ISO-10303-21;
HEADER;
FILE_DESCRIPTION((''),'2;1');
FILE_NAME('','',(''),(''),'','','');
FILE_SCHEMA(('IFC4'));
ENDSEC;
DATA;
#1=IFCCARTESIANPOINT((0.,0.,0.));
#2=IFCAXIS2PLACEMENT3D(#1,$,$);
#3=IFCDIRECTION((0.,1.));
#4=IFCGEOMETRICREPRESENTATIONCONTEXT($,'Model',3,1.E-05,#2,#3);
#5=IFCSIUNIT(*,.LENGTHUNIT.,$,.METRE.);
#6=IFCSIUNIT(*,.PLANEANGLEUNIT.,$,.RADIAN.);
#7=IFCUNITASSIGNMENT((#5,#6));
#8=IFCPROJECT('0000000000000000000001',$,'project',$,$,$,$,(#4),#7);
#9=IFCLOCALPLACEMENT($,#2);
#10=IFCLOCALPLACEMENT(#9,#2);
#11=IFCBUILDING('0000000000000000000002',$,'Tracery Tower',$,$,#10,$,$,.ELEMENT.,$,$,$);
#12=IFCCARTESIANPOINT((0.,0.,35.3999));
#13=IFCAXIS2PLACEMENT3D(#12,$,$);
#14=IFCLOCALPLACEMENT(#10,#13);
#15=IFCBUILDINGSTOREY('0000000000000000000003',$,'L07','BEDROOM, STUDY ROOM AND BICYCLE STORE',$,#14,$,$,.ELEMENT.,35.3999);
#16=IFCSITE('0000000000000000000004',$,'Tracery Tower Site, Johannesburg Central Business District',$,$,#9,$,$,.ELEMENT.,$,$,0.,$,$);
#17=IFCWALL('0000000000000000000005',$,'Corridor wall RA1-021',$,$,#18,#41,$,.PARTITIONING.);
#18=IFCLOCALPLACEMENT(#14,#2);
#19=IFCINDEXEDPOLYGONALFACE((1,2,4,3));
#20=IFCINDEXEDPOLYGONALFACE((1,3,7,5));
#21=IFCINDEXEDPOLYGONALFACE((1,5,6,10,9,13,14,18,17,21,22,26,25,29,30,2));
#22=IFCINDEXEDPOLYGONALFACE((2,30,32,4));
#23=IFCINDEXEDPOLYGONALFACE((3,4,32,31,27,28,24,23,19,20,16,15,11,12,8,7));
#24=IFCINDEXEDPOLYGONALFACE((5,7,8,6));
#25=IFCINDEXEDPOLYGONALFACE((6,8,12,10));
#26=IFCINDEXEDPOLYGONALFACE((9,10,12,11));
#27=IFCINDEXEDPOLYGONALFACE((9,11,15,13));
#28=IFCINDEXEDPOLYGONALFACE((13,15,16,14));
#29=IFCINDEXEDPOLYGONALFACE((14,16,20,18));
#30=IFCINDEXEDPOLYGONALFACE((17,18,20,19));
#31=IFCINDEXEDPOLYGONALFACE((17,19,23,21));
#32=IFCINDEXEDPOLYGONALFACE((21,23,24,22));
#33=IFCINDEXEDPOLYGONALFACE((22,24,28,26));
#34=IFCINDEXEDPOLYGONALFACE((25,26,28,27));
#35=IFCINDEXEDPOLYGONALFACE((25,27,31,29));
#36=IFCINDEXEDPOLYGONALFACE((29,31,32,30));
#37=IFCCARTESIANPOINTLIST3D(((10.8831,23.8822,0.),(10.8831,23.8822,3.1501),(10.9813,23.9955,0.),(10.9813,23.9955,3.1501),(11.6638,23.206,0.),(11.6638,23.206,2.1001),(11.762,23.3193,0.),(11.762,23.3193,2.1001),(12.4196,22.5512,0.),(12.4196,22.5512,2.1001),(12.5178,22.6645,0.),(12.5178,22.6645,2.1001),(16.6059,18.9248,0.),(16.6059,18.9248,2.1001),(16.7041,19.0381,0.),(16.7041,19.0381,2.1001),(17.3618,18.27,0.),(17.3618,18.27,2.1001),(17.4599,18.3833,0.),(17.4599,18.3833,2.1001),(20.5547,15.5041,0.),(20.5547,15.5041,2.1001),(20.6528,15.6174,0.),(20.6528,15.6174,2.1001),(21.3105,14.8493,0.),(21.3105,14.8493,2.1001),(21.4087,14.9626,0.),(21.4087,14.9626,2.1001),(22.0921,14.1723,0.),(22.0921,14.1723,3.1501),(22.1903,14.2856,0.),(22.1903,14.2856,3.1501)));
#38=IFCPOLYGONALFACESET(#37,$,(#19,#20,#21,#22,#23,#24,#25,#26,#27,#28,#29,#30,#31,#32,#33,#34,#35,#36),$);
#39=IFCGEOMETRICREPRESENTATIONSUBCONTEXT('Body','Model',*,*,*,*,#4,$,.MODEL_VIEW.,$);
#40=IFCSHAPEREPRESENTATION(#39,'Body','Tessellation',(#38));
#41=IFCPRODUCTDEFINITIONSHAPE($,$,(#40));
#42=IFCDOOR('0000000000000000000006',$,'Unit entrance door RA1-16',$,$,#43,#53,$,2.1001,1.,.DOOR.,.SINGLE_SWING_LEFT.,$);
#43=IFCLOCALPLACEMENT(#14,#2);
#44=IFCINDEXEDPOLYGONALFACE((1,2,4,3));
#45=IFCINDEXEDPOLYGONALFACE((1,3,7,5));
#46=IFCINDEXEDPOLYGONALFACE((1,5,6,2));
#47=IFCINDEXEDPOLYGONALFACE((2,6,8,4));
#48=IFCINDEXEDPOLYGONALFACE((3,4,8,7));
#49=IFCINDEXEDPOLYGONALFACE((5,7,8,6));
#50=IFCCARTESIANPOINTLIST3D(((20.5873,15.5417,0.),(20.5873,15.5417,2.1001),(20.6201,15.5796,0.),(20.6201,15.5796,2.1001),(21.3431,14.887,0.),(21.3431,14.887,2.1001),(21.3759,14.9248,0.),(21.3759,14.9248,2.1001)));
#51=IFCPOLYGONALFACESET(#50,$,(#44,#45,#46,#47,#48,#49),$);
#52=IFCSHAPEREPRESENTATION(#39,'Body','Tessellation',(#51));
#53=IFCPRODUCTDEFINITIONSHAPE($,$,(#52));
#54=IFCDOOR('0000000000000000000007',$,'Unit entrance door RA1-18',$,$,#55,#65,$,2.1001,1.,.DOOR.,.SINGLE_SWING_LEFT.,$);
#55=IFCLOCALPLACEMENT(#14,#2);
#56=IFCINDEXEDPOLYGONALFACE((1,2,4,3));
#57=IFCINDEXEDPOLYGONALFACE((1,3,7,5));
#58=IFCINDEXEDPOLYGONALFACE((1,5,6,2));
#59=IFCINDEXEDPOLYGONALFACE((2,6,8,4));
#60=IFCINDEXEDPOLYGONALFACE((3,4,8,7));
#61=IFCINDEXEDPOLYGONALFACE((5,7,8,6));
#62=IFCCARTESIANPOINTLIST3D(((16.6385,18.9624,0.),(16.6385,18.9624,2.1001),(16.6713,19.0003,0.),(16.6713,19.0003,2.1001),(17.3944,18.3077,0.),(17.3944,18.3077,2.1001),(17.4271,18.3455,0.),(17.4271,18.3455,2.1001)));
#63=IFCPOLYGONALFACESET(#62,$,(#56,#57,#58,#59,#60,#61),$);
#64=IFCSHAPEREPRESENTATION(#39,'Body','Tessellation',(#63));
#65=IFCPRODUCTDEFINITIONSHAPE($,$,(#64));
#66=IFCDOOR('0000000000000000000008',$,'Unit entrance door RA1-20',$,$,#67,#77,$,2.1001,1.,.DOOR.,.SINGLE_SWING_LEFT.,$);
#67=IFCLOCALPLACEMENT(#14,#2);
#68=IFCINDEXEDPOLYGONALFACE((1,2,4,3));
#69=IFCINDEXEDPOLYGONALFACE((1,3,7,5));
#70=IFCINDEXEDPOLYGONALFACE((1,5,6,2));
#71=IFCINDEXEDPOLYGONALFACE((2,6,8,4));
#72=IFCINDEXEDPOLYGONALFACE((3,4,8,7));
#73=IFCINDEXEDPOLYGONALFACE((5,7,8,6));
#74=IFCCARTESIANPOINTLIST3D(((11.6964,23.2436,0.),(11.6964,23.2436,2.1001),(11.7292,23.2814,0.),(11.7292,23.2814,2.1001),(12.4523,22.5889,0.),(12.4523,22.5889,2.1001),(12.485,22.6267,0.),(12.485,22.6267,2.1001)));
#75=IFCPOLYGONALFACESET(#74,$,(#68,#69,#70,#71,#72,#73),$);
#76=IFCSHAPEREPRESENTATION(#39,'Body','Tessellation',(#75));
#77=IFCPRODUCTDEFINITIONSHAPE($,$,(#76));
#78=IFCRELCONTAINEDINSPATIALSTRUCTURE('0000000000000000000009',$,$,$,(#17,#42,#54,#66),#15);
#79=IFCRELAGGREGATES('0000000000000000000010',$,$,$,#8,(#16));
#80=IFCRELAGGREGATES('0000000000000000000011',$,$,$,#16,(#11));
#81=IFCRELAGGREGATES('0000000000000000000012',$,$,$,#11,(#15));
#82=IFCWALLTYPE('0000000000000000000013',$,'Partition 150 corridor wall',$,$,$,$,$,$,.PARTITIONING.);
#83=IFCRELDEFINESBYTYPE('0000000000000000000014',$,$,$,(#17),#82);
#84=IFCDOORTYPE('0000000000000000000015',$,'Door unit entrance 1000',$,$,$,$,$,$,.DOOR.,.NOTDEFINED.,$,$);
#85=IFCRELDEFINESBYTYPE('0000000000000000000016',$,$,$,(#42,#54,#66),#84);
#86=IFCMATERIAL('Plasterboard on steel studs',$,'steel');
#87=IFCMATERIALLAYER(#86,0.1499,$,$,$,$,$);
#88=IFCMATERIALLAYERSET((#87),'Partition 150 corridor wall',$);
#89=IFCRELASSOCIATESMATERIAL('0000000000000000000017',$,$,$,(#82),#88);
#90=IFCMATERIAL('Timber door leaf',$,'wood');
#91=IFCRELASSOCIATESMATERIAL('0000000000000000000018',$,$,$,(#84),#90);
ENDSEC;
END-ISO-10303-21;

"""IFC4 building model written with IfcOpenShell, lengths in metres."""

from ifc_helpers import new_model, si_unit, direction, frame, frame_2d, origin, place, context, subcontext, project, spatial, rectangle, extrude, material, layer, layer_set, type_object, element, fill, save


model = new_model("IFC4")

# Units and contexts
model_context = context("Model", 3, precision=1e-05, world=origin(), true_north=direction((0.0, 1.0)))
body_context = subcontext(model_context, "Body", "Model", "MODEL_VIEW")
ifc_project = project(units=[si_unit("LENGTHUNIT", "METRE"), si_unit("PLANEANGLEUNIT", "RADIAN")], contexts=[model_context])

# Site, building, storey
site_placement = place(None, origin())
site = spatial("IfcSite", under=ifc_project, at=site_placement, Name="Tracery Tower Site, Johannesburg Central Business District", CompositionType="ELEMENT", RefElevation=0.0)
building_placement = place(site_placement, origin())
building = spatial("IfcBuilding", under=site, at=building_placement, Name="Tracery Tower", CompositionType="ELEMENT")
storey_placement = place(building_placement, frame((0.0, 0.0, 35.3999)))
storey = spatial("IfcBuildingStorey", under=building, at=storey_placement, Name="L07", Description="BEDROOM, STUDY ROOM AND BICYCLE STORE", CompositionType="ELEMENT", Elevation=35.3999)

# Wall, openings, doors
ifc_material_1 = material(Name="Plasterboard on steel studs", Category="steel")
ifc_layer_1 = layer(ifc_material_1, 0.1499)
ifc_layer_set_1 = layer_set([ifc_layer_1], Name="Partition 150 corridor wall")
wall_type_1 = type_object("IfcWallType", Name="Partition 150 corridor wall", PredefinedType="PARTITIONING", material=ifc_layer_set_1)
wall_1_placement = place(storey_placement, frame((10.9321, 23.939, 0.0), z_axis=(0.0, 0.0, 1.0), x_axis=(0.755839, -0.654758, 0.0)))
wall_1 = element("IfcWall", 1, at=wall_1_placement, inside=storey, type_object=wall_type_1, Name="Corridor wall RA1-021", PredefinedType="PARTITIONING", context=body_context, shape_type="SweptSolid", body=[
    extrude(rectangle(XDim=14.8298, YDim=0.1499, at=frame_2d((7.415, 0.0))), origin(), (0.0, 0.0, 1.0), 3.1501),
])
opening_1_placement = place(wall_1_placement, frame((12.7959, 0.0, 0.0)))
opening_1 = element("IfcOpeningElement", 2, at=opening_1_placement, cuts=wall_1, PredefinedType="OPENING", context=body_context, shape_type="SweptSolid", body=[
    extrude(rectangle(XDim=1.0, YDim=2.1001, at=frame_2d((0.5, 1.05))), frame((0.0, 0.075, 0.0), z_axis=(0.0, -1.0, 0.0), x_axis=(1.0, 0.0, 0.0)), (0.0, 0.0, 1.0), 0.1499),
])
opening_2_placement = place(wall_1_placement, frame((7.5715, 0.0, 0.0)))
opening_2 = element("IfcOpeningElement", 3, at=opening_2_placement, cuts=wall_1, PredefinedType="OPENING", context=body_context, shape_type="SweptSolid", body=[
    extrude(rectangle(XDim=1.0, YDim=2.1001, at=frame_2d((0.5, 1.05))), frame((0.0, 0.075, 0.0), z_axis=(0.0, -1.0, 0.0), x_axis=(1.0, 0.0, 0.0)), (0.0, 0.0, 1.0), 0.1499),
])
opening_3_placement = place(wall_1_placement, frame((1.033, 0.0, 0.0)))
opening_3 = element("IfcOpeningElement", 4, at=opening_3_placement, cuts=wall_1, PredefinedType="OPENING", context=body_context, shape_type="SweptSolid", body=[
    extrude(rectangle(XDim=1.0, YDim=2.1001, at=frame_2d((0.5, 1.05))), frame((0.0, 0.075, 0.0), z_axis=(0.0, -1.0, 0.0), x_axis=(1.0, 0.0, 0.0)), (0.0, 0.0, 1.0), 0.1499),
])
ifc_material_2 = material(Name="Timber door leaf", Category="wood")
door_type_1 = type_object("IfcDoorType", Name="Door unit entrance 1000", OperationType="NOTDEFINED", PredefinedType="DOOR", material=ifc_material_2)
door_1_placement = place(opening_1_placement, origin())
door_1 = element("IfcDoor", 5, at=door_1_placement, inside=storey, type_object=door_type_1, Name="Unit entrance door RA1-16", OperationType="SINGLE_SWING_LEFT", OverallHeight=2.1001, OverallWidth=1.0, PredefinedType="DOOR", context=body_context, shape_type="SweptSolid", body=[
    extrude(rectangle(XDim=1.0, YDim=2.1001, at=frame_2d((0.5, 1.05))), frame((0.0, 0.0249, 0.0), z_axis=(0.0, -1.0, 0.0), x_axis=(1.0, 0.0, 0.0)), (0.0, 0.0, 1.0), 0.05),
])
fill(opening_1, door_1)
door_2_placement = place(opening_2_placement, origin())
door_2 = element("IfcDoor", 6, at=door_2_placement, inside=storey, type_object=door_type_1, Name="Unit entrance door RA1-18", OperationType="SINGLE_SWING_LEFT", OverallHeight=2.1001, OverallWidth=1.0, PredefinedType="DOOR", context=body_context, shape_type="SweptSolid", body=[
    extrude(rectangle(XDim=1.0, YDim=2.1001, at=frame_2d((0.5, 1.05))), frame((0.0, 0.0249, 0.0), z_axis=(0.0, -1.0, 0.0), x_axis=(1.0, 0.0, 0.0)), (0.0, 0.0, 1.0), 0.05),
])
fill(opening_2, door_2)
door_3_placement = place(opening_3_placement, origin())
door_3 = element("IfcDoor", 7, at=door_3_placement, inside=storey, type_object=door_type_1, Name="Unit entrance door RA1-20", OperationType="SINGLE_SWING_LEFT", OverallHeight=2.1001, OverallWidth=1.0, PredefinedType="DOOR", context=body_context, shape_type="SweptSolid", body=[
    extrude(rectangle(XDim=1.0, YDim=2.1001, at=frame_2d((0.5, 1.05))), frame((0.0, 0.0249, 0.0), z_axis=(0.0, -1.0, 0.0), x_axis=(1.0, 0.0, 0.0)), (0.0, 0.0, 1.0), 0.05),
])
fill(opening_3, door_3)

save(model, "model.ifc")
